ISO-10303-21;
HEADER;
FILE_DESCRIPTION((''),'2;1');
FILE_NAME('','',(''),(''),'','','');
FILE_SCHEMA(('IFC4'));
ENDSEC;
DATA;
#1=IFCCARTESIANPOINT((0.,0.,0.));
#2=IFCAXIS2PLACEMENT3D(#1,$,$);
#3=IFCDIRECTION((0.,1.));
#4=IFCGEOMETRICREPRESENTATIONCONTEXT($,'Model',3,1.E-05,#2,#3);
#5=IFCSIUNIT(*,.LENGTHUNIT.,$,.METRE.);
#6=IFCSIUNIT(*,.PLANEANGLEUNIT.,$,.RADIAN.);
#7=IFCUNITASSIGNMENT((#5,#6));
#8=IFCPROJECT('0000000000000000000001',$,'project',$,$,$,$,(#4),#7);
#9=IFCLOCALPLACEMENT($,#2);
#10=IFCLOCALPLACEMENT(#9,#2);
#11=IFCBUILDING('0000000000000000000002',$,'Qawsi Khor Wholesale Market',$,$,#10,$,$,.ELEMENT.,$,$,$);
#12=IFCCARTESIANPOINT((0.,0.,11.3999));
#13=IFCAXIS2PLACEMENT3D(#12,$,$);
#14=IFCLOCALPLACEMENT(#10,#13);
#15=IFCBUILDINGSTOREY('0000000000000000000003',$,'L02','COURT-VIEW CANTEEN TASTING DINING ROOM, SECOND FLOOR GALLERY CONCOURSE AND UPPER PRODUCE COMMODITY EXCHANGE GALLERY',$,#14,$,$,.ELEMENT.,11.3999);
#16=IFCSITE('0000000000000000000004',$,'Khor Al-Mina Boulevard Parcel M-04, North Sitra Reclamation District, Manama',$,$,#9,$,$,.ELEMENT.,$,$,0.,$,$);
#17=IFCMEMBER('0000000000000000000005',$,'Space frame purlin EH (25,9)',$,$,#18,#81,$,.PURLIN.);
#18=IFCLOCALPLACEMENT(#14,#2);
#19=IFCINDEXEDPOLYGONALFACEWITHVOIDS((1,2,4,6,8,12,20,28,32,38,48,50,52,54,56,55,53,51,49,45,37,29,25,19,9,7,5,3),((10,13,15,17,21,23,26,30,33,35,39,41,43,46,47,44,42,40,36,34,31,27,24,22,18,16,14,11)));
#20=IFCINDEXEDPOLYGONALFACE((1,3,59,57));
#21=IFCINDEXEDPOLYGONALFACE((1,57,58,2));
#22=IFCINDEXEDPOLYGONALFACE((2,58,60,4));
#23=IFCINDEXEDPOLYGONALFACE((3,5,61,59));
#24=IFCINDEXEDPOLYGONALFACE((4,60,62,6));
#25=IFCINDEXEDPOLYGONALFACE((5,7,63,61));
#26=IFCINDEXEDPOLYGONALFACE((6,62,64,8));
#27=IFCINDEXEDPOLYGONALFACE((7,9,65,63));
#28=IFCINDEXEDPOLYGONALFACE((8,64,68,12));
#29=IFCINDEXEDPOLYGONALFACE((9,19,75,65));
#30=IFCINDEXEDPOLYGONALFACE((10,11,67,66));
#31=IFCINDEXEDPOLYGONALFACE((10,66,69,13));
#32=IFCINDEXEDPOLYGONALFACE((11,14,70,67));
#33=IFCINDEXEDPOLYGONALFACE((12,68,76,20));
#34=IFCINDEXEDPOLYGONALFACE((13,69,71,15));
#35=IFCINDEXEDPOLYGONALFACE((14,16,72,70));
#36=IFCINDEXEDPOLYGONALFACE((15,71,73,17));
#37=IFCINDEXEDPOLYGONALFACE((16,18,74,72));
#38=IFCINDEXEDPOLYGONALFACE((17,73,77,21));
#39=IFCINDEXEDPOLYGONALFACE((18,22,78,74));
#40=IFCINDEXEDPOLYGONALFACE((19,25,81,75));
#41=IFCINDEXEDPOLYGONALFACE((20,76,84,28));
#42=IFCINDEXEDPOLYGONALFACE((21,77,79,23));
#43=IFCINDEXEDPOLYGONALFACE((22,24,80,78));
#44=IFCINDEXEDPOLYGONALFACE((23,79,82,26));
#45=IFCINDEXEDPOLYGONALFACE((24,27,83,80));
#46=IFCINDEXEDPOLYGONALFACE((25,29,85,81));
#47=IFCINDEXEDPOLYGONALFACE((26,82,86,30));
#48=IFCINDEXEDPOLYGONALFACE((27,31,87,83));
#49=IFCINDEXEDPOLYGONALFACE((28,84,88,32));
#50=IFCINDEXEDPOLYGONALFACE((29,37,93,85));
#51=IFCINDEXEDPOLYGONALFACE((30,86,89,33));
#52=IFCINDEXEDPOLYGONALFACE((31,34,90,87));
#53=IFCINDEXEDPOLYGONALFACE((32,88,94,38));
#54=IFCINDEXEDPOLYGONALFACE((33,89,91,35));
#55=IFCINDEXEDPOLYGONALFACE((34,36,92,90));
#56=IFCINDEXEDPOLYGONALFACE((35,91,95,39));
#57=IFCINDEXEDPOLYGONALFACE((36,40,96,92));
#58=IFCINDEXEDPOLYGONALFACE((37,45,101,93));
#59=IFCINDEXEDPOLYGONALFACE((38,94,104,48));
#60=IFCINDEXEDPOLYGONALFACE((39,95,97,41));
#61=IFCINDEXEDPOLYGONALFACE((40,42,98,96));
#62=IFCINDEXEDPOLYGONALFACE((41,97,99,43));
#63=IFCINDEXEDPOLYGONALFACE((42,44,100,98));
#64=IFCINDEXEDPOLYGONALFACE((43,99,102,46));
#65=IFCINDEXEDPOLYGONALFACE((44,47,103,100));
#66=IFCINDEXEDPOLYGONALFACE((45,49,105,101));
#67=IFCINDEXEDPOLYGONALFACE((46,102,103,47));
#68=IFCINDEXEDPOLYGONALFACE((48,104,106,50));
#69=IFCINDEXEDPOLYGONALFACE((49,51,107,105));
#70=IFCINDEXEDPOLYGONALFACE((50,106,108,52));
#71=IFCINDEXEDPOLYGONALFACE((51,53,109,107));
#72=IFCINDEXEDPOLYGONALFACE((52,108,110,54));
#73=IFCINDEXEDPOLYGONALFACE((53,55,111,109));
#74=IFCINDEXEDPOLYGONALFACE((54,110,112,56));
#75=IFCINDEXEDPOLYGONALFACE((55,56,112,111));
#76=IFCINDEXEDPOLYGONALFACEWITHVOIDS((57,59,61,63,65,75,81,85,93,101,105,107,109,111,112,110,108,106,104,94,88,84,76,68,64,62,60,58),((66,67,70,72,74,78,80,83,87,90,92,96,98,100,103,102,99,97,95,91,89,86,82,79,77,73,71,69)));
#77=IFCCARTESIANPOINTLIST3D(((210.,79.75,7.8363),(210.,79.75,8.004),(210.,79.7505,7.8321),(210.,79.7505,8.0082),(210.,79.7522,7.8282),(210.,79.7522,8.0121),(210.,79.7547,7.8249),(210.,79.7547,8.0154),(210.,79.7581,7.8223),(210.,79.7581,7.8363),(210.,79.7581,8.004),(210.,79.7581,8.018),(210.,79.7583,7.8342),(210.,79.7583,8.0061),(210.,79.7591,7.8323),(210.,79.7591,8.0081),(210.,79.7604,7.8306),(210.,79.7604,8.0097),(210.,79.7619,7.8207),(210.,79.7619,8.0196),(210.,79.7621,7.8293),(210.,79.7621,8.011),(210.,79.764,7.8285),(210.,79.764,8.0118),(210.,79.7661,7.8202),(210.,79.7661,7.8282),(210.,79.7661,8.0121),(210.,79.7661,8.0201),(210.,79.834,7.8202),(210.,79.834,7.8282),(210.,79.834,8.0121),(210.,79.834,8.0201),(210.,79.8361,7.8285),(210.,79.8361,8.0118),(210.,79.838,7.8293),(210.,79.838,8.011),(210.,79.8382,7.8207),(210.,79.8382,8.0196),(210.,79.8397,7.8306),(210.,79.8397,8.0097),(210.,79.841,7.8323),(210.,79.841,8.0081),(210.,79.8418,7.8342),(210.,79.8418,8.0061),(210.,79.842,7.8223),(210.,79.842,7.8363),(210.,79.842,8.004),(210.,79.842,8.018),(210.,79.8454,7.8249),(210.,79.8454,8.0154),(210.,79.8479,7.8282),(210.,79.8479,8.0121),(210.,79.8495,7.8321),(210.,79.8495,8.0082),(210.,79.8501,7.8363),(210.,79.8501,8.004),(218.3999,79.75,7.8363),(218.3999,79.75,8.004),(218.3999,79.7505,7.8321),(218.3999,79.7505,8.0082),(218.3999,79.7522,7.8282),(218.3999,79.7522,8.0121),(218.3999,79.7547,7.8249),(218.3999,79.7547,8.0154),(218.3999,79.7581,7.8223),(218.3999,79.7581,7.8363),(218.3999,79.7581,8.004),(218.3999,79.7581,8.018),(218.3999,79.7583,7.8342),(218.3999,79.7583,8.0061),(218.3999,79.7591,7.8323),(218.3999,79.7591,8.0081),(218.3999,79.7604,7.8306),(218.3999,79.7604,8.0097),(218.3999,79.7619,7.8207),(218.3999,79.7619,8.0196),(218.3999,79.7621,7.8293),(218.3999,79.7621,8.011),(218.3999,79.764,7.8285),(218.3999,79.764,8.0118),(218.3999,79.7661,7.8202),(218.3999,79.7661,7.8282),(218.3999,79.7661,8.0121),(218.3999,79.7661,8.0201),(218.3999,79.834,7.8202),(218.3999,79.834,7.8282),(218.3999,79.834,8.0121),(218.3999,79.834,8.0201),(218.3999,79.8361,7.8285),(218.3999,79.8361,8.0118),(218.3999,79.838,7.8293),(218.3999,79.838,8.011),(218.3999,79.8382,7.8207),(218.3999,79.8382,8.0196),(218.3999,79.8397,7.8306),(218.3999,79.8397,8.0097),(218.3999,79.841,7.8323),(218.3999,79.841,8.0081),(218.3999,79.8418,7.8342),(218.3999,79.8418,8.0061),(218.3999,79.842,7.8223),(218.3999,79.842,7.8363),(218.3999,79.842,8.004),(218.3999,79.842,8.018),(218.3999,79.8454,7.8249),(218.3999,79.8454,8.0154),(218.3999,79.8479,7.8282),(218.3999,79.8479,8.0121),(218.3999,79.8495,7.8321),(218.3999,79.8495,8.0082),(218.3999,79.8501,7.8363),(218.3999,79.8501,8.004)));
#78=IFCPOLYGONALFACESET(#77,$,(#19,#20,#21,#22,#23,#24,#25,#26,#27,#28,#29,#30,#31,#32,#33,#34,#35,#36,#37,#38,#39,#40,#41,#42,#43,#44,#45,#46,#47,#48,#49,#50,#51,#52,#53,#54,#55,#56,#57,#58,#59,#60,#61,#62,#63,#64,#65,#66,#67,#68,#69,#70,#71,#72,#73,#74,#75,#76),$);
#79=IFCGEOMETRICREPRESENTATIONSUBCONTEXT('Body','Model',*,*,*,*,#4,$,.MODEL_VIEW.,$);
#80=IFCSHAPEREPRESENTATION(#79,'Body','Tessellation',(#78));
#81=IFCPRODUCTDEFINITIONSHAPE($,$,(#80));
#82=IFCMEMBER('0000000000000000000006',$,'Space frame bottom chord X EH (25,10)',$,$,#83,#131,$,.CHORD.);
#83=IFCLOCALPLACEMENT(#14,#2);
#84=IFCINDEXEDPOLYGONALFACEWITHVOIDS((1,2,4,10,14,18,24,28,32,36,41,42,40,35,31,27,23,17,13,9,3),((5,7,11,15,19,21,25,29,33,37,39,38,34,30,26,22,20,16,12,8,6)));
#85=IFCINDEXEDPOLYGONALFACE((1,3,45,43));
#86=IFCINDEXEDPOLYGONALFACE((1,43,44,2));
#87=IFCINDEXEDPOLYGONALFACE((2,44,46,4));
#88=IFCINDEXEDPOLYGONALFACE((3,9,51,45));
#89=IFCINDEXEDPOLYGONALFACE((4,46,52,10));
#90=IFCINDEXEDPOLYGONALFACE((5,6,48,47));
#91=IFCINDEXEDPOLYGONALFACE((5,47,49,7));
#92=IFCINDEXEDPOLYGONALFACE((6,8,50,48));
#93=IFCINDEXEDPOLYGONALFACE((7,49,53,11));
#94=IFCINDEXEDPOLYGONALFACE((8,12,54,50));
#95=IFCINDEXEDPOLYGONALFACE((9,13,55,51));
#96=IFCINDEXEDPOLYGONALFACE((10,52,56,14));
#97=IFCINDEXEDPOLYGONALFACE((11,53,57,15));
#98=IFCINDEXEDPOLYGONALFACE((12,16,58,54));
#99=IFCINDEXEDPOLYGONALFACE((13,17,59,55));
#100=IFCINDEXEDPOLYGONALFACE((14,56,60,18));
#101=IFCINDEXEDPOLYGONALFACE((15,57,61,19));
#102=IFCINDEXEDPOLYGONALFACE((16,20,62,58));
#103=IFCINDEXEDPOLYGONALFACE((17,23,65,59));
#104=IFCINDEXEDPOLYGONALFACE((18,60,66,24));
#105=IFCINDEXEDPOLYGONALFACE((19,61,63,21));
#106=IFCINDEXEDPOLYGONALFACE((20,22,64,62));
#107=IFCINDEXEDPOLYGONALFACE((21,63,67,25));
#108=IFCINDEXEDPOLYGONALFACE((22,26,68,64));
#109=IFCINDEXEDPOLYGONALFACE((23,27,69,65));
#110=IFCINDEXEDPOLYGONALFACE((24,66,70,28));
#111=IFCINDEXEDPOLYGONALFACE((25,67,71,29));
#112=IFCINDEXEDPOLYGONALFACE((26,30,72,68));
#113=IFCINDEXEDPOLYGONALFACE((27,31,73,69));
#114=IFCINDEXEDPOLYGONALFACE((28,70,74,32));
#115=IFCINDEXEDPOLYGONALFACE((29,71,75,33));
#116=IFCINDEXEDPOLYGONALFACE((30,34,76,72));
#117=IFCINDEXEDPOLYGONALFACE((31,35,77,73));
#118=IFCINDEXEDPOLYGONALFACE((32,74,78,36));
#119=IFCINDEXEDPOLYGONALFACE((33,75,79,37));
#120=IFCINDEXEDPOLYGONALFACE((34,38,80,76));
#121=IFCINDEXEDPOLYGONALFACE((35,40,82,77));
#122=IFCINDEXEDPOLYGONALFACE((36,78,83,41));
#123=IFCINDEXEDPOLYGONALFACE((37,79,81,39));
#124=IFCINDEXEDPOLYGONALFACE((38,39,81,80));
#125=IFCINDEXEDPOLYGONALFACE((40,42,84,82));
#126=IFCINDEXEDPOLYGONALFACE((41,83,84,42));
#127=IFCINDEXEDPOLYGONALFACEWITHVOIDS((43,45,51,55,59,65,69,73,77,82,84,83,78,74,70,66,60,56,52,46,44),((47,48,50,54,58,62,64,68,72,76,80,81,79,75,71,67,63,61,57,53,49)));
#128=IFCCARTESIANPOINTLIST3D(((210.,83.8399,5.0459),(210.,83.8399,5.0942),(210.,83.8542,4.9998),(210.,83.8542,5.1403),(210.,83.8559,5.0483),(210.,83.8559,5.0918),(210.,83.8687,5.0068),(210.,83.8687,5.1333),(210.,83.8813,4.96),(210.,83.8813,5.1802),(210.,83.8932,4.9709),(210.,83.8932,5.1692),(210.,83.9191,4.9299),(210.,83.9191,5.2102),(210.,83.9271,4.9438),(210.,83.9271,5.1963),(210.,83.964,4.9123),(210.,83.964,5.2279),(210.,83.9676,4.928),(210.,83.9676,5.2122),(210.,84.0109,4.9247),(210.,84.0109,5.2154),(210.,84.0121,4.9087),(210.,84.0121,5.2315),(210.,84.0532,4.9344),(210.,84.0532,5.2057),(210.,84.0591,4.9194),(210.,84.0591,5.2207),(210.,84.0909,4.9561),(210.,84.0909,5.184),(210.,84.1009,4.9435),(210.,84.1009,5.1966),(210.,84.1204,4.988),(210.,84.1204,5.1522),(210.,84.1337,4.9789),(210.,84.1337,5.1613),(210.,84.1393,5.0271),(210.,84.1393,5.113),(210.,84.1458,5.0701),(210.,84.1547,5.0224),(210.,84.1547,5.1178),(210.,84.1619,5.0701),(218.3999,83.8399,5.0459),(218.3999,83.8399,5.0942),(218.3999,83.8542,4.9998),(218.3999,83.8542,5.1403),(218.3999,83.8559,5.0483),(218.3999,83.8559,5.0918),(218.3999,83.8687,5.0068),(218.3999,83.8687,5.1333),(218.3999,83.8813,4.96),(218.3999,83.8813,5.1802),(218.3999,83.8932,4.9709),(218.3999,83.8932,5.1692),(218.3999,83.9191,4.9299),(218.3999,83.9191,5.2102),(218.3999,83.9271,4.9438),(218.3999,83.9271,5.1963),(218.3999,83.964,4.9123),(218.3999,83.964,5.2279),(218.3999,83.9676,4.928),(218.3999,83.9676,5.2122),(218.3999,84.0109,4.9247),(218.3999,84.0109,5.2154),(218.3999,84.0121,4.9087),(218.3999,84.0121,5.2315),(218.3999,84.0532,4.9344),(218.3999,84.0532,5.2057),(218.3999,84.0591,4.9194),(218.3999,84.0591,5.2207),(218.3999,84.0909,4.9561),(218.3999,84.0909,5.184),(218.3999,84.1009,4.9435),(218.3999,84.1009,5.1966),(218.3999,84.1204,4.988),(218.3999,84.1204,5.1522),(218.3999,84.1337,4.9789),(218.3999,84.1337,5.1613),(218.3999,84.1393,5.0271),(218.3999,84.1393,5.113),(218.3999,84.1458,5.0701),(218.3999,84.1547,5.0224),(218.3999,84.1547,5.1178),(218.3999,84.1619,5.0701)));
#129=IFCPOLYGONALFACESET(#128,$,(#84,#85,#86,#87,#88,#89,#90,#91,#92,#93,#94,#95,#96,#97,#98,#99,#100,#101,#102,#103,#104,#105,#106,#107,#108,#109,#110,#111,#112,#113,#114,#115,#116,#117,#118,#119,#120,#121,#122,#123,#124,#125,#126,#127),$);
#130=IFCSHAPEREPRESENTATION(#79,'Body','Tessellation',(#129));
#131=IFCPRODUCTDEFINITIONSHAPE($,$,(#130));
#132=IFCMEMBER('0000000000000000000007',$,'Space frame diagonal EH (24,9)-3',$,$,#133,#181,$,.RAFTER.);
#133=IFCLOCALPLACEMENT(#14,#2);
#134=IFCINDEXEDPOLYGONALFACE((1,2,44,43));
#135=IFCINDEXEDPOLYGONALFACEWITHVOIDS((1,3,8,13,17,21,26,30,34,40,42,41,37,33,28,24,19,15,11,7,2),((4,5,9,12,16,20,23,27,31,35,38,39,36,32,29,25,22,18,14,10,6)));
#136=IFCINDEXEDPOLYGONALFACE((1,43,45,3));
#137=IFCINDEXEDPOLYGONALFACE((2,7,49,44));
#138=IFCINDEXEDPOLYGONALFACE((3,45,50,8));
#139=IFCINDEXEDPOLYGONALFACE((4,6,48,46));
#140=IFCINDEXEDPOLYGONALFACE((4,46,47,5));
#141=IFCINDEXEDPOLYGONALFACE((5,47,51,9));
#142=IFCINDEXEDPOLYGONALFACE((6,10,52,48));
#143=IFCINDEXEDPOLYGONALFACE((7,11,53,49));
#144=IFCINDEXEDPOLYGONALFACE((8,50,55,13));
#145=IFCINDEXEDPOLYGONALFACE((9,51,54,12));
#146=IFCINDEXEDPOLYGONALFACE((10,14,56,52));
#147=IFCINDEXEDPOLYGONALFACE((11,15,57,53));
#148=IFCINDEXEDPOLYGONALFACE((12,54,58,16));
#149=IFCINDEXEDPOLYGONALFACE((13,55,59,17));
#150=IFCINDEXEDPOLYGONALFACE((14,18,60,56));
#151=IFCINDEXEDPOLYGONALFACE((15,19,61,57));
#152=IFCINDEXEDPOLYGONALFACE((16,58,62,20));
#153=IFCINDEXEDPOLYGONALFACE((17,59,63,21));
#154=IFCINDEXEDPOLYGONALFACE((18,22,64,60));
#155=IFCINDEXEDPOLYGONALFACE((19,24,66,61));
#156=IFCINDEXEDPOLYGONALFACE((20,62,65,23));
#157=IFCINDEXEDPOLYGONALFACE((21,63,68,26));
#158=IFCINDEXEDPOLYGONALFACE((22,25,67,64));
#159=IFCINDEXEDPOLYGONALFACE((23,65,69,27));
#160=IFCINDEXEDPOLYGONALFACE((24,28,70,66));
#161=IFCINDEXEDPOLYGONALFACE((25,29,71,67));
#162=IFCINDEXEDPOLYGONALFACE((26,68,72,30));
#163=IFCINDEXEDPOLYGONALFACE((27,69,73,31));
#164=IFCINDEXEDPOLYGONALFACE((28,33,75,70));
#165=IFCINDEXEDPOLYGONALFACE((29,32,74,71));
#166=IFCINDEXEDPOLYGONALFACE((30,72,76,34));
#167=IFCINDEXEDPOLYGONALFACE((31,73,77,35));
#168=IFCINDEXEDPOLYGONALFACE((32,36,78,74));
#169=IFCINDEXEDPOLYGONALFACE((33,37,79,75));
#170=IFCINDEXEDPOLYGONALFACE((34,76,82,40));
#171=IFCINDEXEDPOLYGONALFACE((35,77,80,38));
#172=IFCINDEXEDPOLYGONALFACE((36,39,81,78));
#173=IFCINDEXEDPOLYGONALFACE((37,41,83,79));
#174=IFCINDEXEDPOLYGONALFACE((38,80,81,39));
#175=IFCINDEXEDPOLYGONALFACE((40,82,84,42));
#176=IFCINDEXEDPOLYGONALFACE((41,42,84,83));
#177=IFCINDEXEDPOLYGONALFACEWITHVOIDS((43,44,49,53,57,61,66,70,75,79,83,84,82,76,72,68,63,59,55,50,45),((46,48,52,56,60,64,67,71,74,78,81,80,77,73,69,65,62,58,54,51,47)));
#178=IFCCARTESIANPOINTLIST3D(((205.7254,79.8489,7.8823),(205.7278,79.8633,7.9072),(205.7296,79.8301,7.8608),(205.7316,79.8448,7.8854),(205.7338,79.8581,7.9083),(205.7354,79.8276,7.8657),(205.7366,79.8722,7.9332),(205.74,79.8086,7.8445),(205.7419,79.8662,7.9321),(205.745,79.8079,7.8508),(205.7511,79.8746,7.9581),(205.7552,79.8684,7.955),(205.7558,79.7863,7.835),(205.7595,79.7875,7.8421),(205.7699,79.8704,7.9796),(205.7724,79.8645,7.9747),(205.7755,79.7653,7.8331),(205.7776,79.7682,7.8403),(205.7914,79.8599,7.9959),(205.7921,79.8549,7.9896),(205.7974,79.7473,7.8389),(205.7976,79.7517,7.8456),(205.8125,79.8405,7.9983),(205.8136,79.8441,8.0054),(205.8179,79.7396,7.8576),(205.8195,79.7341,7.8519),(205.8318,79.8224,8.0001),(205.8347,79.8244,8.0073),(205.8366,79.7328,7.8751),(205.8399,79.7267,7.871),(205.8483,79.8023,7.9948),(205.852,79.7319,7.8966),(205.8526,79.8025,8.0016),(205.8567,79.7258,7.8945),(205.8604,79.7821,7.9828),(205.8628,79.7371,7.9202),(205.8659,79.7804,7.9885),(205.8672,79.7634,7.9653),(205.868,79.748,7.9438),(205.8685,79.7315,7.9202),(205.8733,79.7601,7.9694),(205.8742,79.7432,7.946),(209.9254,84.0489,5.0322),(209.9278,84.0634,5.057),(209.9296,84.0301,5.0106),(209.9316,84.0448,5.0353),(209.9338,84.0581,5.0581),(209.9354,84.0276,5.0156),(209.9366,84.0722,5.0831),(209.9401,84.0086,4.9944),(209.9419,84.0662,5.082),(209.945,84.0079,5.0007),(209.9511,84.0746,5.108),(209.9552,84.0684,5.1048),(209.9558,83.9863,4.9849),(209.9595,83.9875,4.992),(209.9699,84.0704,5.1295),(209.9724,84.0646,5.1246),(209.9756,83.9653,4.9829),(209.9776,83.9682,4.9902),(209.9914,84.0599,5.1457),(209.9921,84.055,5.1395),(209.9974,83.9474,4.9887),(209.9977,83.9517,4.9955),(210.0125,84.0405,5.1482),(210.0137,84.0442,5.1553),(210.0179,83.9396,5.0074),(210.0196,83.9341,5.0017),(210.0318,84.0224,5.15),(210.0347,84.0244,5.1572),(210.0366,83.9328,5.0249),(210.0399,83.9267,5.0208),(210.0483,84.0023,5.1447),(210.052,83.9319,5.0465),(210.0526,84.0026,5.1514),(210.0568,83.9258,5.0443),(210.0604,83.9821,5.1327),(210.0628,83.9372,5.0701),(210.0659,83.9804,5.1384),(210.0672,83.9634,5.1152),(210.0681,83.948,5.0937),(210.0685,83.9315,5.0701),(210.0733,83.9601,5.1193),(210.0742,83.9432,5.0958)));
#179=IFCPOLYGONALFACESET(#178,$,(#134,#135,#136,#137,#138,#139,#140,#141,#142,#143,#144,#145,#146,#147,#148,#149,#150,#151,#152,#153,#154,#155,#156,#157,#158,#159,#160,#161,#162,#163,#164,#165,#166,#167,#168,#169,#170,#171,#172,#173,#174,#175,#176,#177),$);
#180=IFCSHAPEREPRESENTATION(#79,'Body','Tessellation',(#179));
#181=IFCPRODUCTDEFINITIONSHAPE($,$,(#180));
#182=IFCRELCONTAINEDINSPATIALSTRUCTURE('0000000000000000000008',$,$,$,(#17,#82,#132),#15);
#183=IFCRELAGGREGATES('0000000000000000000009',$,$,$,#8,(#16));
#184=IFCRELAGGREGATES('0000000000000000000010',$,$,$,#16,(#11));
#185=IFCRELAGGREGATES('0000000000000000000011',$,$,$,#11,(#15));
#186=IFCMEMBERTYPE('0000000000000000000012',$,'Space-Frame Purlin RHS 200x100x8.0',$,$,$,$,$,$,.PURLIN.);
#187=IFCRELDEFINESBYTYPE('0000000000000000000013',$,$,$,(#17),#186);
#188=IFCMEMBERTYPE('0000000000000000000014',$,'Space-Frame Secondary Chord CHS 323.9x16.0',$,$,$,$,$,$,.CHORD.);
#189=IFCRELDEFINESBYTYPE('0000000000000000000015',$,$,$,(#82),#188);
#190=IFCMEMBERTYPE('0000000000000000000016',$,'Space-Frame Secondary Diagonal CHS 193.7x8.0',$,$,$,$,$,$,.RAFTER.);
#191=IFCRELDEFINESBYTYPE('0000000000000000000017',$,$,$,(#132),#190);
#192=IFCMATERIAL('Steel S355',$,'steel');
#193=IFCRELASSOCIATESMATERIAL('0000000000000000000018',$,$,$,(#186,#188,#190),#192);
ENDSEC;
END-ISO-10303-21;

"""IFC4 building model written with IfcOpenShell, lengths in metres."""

from ifc_helpers import new_model, si_unit, direction, frame, origin, origin_2d, place, context, subcontext, project, spatial, hollow_rectangle, hollow_circle, extrude, material, material_profile, profile_set, type_object, element, save


model = new_model("IFC4")

# Units and contexts
model_context = context("Model", 3, precision=1e-05, world=origin(), true_north=direction((0.0, 1.0)))
body_context = subcontext(model_context, "Body", "Model", "MODEL_VIEW")
ifc_project = project(units=[si_unit("LENGTHUNIT", "METRE"), si_unit("PLANEANGLEUNIT", "RADIAN")], contexts=[model_context])

# Site, building, storey
site_placement = place(None, origin())
site = spatial("IfcSite", under=ifc_project, at=site_placement, Name="Khor Al-Mina Boulevard Parcel M-04, North Sitra Reclamation District, Manama", CompositionType="ELEMENT", RefElevation=0.0)
building_placement = place(site_placement, origin())
building = spatial("IfcBuilding", under=site, at=building_placement, Name="Qawsi Khor Wholesale Market", CompositionType="ELEMENT")
storey_placement = place(building_placement, frame((0.0, 0.0, 11.3999)))
storey = spatial("IfcBuildingStorey", under=building, at=storey_placement, Name="L02", Description="COURT-VIEW CANTEEN TASTING DINING ROOM, SECOND FLOOR GALLERY CONCOURSE AND UPPER PRODUCE COMMODITY EXCHANGE GALLERY", CompositionType="ELEMENT", Elevation=11.3999)

# Members
ifc_material_1 = material(Name="Steel S355", Category="steel")
ifc_material_profile_1 = material_profile(ifc_material_1, hollow_rectangle(XDim=0.1001, YDim=0.2, WallThickness=0.0081, InnerFilletRadius=0.0081, OuterFilletRadius=0.0161, at=origin_2d()), Name="RHS 200x100x8.0")
ifc_profile_set_1 = profile_set([ifc_material_profile_1], Name="Steel S355")
member_type_1 = type_object("IfcMemberType", Name="Space-Frame Purlin RHS 200x100x8.0", PredefinedType="PURLIN", material=ifc_profile_set_1)
member_1_placement = place(storey_placement, frame((210.0, 79.8, 7.9202), z_axis=(1.0, 0.0, 0.0), x_axis=(0.0, 1.0, 0.0)))
element("IfcMember", 1, at=member_1_placement, inside=storey, type_object=member_type_1, Name="Space frame purlin EH (25,9)", PredefinedType="PURLIN", context=body_context, shape_type="SweptSolid", body=[
    extrude(hollow_rectangle(XDim=0.1001, YDim=0.2, WallThickness=0.0081, InnerFilletRadius=0.0081, OuterFilletRadius=0.0161, at=origin_2d()), origin(), (0.0, 0.0, 1.0), 8.3999),
])
ifc_material_profile_2 = material_profile(ifc_material_1, hollow_circle(Radius=0.1619, WallThickness=0.0161, at=origin_2d()), Name="CHS 323.9x16.0")
ifc_profile_set_2 = profile_set([ifc_material_profile_2], Name="Steel S355")
member_type_2 = type_object("IfcMemberType", Name="Space-Frame Secondary Chord CHS 323.9x16.0", PredefinedType="CHORD", material=ifc_profile_set_2)
member_2_placement = place(storey_placement, frame((210.0, 84.0, 5.0701), z_axis=(1.0, 0.0, 0.0), x_axis=(0.0, 1.0, 0.0)))
element("IfcMember", 2, at=member_2_placement, inside=storey, type_object=member_type_2, Name="Space frame bottom chord X EH (25,10)", PredefinedType="CHORD", context=body_context, shape_type="SweptSolid", body=[
    extrude(hollow_circle(Radius=0.1619, WallThickness=0.0161, at=origin_2d()), origin(), (0.0, 0.0, 1.0), 8.3999),
])
ifc_material_profile_3 = material_profile(ifc_material_1, hollow_circle(Radius=0.0969, WallThickness=0.0081, at=origin_2d()), Name="CHS 193.7x8.0")
ifc_profile_set_3 = profile_set([ifc_material_profile_3], Name="Steel S355")
member_type_3 = type_object("IfcMemberType", Name="Space-Frame Secondary Diagonal CHS 193.7x8.0", PredefinedType="RAFTER", material=ifc_profile_set_3)
member_3_placement = place(storey_placement, frame((210.0, 84.0, 5.0701), z_axis=(-0.637512, -0.637512, 0.432617), x_axis=(0.707107, -0.707107, 0.0)))
element("IfcMember", 3, at=member_3_placement, inside=storey, type_object=member_type_3, Name="Space frame diagonal EH (24,9)-3", PredefinedType="RAFTER", context=body_context, shape_type="SweptSolid", body=[
    extrude(hollow_circle(Radius=0.0969, WallThickness=0.0081, at=origin_2d()), origin(), (0.0, 0.0, 1.0), 6.5881),
])

save(model, "model.ifc")
